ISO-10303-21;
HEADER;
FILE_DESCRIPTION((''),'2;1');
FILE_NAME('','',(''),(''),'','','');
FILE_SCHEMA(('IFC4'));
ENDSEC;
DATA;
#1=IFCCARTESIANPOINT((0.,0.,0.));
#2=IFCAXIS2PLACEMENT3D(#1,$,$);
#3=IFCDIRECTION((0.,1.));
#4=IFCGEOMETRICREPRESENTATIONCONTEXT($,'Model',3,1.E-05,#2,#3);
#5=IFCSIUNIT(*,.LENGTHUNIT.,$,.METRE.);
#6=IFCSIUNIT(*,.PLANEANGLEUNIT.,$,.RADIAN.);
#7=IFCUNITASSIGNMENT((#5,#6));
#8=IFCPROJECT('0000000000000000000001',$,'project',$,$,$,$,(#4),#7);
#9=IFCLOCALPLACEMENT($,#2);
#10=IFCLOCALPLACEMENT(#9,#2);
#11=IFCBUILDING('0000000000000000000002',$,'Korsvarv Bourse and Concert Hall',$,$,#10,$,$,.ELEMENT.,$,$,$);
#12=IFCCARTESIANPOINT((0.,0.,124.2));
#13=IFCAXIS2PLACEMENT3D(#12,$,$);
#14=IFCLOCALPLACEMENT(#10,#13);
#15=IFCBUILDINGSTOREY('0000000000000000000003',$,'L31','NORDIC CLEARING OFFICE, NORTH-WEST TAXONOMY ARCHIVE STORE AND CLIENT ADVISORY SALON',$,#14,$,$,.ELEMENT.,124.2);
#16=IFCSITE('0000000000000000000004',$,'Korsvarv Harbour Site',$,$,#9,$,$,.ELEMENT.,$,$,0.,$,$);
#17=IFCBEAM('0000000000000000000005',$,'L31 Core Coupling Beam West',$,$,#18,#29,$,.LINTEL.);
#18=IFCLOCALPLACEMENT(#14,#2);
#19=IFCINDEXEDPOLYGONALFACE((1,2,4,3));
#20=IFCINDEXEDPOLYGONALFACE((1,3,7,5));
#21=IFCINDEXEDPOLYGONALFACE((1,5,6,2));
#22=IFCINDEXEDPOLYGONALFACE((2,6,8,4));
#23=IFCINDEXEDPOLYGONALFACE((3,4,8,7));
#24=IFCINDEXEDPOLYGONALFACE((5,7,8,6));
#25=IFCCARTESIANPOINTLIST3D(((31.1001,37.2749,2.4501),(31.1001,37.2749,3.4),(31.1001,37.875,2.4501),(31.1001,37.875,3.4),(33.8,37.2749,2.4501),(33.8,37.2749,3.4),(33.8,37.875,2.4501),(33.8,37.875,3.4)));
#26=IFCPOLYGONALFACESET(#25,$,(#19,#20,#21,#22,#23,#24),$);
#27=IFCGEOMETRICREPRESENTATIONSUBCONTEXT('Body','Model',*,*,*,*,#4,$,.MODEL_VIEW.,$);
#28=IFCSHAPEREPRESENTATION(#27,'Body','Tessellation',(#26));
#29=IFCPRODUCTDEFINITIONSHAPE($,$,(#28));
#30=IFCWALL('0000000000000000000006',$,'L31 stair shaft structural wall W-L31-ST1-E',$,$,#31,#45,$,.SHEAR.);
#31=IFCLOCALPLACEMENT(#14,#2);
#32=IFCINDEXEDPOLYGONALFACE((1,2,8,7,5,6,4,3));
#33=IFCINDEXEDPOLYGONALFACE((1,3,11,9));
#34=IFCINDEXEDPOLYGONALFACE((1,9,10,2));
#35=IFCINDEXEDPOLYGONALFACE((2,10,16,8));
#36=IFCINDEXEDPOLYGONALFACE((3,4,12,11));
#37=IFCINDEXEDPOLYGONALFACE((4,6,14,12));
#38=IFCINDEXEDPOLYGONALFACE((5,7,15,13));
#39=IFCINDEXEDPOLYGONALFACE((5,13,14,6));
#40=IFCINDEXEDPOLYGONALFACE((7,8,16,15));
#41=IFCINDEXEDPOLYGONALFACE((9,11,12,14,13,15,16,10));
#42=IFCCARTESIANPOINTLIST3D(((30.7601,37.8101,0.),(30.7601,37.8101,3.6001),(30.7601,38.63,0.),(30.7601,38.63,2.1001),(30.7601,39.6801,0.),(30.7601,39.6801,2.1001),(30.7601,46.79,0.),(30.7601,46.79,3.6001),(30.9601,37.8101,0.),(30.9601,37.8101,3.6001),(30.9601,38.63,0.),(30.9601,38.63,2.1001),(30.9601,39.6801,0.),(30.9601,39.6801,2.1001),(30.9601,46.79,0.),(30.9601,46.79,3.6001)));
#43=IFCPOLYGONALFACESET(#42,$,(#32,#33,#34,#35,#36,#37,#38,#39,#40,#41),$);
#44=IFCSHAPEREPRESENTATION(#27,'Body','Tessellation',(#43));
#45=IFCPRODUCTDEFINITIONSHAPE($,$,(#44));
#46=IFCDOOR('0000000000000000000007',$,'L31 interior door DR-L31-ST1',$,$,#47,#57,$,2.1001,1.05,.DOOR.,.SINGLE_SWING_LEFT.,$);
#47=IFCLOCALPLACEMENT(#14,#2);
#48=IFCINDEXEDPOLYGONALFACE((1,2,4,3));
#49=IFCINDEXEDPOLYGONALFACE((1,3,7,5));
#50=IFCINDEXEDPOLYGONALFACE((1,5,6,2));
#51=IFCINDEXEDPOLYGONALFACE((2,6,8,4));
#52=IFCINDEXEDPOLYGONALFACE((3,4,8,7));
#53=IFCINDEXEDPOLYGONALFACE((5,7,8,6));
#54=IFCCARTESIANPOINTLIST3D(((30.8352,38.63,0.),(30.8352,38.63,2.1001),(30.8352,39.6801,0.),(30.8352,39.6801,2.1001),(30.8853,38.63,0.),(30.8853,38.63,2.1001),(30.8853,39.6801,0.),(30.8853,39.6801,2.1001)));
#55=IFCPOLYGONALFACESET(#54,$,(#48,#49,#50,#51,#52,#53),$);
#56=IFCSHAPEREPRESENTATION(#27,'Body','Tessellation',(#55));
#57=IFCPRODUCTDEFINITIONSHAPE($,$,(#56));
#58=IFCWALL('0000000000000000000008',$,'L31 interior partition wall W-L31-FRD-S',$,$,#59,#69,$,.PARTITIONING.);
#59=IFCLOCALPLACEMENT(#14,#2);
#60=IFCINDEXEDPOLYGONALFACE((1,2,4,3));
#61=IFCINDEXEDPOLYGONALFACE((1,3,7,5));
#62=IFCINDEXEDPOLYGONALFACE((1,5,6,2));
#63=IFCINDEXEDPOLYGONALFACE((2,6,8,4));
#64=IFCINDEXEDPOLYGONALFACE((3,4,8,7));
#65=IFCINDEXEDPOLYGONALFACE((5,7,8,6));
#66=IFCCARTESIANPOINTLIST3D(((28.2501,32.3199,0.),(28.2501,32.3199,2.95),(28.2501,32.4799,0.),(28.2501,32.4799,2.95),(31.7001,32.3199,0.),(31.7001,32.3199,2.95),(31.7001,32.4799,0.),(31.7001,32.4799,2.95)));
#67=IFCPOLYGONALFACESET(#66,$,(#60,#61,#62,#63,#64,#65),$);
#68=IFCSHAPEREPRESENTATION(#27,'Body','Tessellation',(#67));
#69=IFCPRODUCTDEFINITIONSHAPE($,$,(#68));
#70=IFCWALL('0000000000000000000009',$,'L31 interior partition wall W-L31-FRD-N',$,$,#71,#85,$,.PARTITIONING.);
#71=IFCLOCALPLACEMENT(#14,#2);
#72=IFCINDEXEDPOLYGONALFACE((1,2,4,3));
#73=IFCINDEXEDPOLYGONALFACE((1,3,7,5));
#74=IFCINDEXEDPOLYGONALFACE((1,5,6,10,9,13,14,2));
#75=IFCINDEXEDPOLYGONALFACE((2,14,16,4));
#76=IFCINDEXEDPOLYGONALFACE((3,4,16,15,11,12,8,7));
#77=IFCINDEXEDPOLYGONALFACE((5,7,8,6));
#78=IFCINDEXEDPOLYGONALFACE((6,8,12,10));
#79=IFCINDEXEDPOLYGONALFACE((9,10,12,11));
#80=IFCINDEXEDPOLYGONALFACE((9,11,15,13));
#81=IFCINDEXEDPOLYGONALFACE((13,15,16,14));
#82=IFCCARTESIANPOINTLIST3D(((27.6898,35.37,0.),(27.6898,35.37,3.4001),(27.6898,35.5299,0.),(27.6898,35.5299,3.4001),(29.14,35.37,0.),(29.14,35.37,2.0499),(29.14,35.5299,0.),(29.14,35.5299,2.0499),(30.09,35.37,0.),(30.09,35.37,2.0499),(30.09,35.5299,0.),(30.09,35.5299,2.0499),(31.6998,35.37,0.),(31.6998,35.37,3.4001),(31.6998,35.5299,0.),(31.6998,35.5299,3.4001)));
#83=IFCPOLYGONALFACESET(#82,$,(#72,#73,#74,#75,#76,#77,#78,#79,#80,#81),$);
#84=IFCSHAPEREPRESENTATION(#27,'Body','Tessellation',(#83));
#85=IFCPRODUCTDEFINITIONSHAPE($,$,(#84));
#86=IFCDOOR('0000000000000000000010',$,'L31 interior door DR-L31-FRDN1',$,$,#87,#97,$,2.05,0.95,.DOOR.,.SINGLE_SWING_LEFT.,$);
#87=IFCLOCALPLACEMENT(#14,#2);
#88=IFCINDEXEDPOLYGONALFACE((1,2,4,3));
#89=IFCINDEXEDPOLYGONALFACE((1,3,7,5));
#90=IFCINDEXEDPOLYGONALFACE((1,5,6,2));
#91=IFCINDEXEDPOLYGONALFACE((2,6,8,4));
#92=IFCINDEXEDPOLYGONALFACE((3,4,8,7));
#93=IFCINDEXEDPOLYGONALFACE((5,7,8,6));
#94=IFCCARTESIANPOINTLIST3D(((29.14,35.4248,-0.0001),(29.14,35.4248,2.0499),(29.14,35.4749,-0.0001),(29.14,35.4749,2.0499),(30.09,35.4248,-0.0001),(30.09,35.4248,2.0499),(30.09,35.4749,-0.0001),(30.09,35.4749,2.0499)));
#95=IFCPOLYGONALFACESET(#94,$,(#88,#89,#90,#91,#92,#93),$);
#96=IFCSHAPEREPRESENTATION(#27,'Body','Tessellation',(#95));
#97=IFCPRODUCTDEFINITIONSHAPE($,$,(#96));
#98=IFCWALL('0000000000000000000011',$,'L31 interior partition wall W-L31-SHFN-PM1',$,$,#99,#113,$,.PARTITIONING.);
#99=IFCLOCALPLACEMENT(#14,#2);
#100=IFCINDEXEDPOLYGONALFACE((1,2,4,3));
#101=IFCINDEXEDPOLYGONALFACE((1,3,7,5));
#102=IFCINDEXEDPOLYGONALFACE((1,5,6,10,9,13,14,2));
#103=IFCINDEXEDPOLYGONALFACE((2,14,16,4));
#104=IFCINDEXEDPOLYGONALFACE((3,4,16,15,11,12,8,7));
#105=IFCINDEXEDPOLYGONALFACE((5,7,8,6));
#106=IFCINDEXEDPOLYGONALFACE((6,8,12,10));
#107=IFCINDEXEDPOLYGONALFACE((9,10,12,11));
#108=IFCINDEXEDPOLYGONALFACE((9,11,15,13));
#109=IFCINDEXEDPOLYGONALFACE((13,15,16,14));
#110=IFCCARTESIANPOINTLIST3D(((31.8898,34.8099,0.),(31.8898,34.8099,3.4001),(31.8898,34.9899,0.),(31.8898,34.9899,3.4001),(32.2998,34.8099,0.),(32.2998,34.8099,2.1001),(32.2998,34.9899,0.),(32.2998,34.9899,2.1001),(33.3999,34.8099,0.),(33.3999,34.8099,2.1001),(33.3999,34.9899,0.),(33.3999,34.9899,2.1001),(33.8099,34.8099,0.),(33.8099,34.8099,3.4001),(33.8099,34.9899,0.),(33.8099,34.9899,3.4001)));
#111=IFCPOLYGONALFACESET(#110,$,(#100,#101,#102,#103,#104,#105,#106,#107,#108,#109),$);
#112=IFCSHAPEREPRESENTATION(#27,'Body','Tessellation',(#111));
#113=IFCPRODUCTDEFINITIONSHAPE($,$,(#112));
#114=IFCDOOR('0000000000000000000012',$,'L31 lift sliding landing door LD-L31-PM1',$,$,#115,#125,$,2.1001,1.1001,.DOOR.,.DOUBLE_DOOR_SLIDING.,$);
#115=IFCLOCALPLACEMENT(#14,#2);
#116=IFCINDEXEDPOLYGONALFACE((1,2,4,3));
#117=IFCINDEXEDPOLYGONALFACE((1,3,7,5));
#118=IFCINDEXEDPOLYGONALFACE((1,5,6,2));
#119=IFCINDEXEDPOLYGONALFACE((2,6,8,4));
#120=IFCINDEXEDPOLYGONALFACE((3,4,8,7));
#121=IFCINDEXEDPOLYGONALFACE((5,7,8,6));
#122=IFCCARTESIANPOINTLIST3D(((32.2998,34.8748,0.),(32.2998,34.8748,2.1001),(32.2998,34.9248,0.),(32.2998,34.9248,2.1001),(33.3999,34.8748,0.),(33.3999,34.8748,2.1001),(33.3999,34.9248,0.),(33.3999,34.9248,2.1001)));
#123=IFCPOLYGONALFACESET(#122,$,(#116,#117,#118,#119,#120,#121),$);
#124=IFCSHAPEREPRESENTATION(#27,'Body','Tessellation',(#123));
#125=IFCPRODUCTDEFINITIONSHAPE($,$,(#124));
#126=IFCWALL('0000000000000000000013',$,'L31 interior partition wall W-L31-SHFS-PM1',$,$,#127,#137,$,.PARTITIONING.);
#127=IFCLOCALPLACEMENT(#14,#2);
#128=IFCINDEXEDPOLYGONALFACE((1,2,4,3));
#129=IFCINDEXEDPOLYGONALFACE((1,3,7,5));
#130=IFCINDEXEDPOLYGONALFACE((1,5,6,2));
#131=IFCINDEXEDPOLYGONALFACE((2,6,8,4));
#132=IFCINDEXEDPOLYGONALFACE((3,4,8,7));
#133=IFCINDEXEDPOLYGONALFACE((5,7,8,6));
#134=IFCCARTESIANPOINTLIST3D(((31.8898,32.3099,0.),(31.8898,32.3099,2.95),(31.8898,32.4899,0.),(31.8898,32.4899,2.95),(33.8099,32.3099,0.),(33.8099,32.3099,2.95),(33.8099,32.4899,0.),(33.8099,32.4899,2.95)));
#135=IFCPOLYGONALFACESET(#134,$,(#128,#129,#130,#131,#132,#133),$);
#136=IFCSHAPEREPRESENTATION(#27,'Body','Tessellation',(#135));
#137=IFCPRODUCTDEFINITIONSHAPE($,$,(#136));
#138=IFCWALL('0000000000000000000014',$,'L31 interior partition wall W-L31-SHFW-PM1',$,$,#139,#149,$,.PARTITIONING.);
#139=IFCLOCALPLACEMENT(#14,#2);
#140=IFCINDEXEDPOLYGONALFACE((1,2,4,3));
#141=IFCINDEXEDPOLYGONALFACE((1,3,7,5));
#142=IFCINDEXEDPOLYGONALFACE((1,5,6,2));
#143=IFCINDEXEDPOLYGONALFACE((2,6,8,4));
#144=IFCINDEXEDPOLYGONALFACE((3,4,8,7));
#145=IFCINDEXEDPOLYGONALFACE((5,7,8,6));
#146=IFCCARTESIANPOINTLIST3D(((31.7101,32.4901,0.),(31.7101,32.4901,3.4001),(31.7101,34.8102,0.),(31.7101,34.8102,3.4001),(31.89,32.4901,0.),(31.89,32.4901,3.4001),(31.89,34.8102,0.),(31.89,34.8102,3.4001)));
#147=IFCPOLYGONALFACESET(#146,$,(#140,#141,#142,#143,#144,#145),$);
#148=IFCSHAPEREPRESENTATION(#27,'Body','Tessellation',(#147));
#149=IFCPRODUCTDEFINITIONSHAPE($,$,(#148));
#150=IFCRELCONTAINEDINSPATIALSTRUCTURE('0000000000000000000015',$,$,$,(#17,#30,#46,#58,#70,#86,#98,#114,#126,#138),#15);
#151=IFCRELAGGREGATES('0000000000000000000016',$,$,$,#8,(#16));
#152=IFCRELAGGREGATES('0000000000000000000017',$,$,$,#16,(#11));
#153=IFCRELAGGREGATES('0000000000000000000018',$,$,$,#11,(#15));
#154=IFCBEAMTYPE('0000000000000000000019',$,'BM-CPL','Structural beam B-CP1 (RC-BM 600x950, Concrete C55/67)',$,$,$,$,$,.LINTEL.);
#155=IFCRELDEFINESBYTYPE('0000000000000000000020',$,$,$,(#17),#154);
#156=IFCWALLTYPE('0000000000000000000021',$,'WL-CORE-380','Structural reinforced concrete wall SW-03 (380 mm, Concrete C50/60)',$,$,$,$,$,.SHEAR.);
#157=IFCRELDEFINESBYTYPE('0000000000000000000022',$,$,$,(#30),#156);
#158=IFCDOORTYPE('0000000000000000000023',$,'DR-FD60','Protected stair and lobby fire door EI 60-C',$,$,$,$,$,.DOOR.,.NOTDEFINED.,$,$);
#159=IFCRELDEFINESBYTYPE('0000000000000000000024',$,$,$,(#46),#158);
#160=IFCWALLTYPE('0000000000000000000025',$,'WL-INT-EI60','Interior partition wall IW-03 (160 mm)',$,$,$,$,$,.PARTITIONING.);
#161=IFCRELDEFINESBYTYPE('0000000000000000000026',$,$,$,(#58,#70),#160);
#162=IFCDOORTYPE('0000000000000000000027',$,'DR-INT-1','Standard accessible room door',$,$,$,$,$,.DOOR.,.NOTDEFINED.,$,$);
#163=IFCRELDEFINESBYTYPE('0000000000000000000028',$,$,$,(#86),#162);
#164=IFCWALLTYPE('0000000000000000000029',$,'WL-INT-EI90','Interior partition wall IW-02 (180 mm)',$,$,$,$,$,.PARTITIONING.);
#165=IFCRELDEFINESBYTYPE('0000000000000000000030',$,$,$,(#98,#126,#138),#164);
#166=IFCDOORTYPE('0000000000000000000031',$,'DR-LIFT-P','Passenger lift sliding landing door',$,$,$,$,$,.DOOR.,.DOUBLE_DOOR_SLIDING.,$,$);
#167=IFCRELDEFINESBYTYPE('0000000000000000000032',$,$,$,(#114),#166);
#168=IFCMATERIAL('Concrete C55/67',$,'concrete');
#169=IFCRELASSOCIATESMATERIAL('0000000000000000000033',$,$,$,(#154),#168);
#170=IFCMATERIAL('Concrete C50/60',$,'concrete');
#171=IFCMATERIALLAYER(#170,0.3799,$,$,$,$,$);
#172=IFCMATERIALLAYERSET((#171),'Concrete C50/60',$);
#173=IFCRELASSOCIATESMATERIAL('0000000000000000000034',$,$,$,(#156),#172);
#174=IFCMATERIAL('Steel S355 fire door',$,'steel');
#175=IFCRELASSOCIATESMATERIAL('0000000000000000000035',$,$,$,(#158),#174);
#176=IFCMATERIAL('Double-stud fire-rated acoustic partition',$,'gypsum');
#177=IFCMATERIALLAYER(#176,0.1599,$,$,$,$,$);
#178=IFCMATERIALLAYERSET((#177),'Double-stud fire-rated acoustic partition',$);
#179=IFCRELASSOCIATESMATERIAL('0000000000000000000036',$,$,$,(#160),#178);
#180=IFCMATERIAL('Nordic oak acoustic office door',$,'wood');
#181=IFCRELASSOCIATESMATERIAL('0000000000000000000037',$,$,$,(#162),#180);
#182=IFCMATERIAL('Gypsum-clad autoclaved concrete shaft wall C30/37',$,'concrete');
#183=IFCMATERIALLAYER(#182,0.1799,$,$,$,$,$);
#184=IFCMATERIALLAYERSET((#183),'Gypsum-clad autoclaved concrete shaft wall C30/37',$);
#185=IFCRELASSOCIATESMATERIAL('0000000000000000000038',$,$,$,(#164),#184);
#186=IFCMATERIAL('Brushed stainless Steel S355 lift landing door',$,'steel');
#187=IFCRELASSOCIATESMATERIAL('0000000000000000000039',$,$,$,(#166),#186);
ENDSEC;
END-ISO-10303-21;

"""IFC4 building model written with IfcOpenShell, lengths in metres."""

from ifc_helpers import new_model, si_unit, direction, frame, frame_2d, origin, origin_2d, place, context, subcontext, project, spatial, rectangle, extrude, source, transform, mapped, material, layer, layer_set, material_profile, profile_set, type_object, element, fill, save


model = new_model("IFC4")

# Units and contexts
model_context = context("Model", 3, precision=1e-05, world=origin(), true_north=direction((0.0, 1.0)))
body_context = subcontext(model_context, "Body", "Model", "MODEL_VIEW")
ifc_project = project(units=[si_unit("LENGTHUNIT", "METRE"), si_unit("PLANEANGLEUNIT", "RADIAN")], contexts=[model_context])

# Site, building, storey
site_placement = place(None, origin())
site = spatial("IfcSite", under=ifc_project, at=site_placement, Name="Korsvarv Harbour Site", CompositionType="ELEMENT", RefElevation=0.0)
building_placement = place(site_placement, origin())
building = spatial("IfcBuilding", under=site, at=building_placement, Name="Korsvarv Bourse and Concert Hall", CompositionType="ELEMENT")
storey_placement = place(building_placement, frame((0.0, 0.0, 124.2)))
storey = spatial("IfcBuildingStorey", under=building, at=storey_placement, Name="L31", Description="NORDIC CLEARING OFFICE, NORTH-WEST TAXONOMY ARCHIVE STORE AND CLIENT ADVISORY SALON", CompositionType="ELEMENT", Elevation=124.2)

# Beam
ifc_material_1 = material(Name="Concrete C55/67", Category="concrete")
ifc_material_profile = material_profile(ifc_material_1, rectangle(XDim=0.6001, YDim=0.95, at=origin_2d()), Name="RC-BM 600x950")
ifc_profile_set = profile_set([ifc_material_profile], Name="Concrete C55/67")
beam_type = type_object("IfcBeamType", Name="BM-CPL", Description="Structural beam B-CP1 (RC-BM 600x950, Concrete C55/67)", PredefinedType="LINTEL", material=ifc_profile_set)
shared_shape = source(origin(), body_context, "Body", "SweptSolid", [
    extrude(rectangle(XDim=0.6001, YDim=0.95, at=origin_2d()), origin(), (0.0, 0.0, 1.0), 2.7),
])
beam_placement = place(storey_placement, frame((31.1001, 37.575, 2.925), z_axis=(1.0, 0.0, 0.0), x_axis=(0.0, 1.0, 0.0)))
element("IfcBeam", 1, at=beam_placement, inside=storey, type_object=beam_type, Name="L31 Core Coupling Beam West", PredefinedType="LINTEL", context=body_context, shape_type="MappedRepresentation", body=[
    mapped(shared_shape, transform((0.0, 0.0, 0.0), scale=1.0)),
])

# Wall, opening, door
ifc_material_2 = material(Name="Concrete C50/60", Category="concrete")
ifc_layer_1 = layer(ifc_material_2, 0.3799)
ifc_layer_set_1 = layer_set([ifc_layer_1], Name="Concrete C50/60")
wall_type_1 = type_object("IfcWallType", Name="WL-CORE-380", Description="Structural reinforced concrete wall SW-03 (380 mm, Concrete C50/60)", PredefinedType="SHEAR", material=ifc_layer_set_1)
wall_1_placement = place(storey_placement, frame((30.8601, 37.8101, 0.0), z_axis=(0.0, 0.0, 1.0), x_axis=(0.0, 1.0, 0.0)))
wall_1 = element("IfcWall", 2, at=wall_1_placement, inside=storey, type_object=wall_type_1, Name="L31 stair shaft structural wall W-L31-ST1-E", PredefinedType="SHEAR", context=body_context, shape_type="SweptSolid", body=[
    extrude(rectangle(XDim=8.98, YDim=0.2, at=frame_2d((4.49, 0.0))), origin(), (0.0, 0.0, 1.0), 3.6001),
])
opening_1_placement = place(wall_1_placement, frame((0.8201, 0.0, 0.0)))
opening_1 = element("IfcOpeningElement", 3, at=opening_1_placement, cuts=wall_1, PredefinedType="OPENING", context=body_context, shape_type="SweptSolid", body=[
    extrude(rectangle(XDim=1.05, YDim=2.1001, at=frame_2d((0.5249, 1.05))), frame((0.0, 0.1099, 0.0), z_axis=(0.0, -1.0, 0.0), x_axis=(1.0, 0.0, 0.0)), (0.0, 0.0, 1.0), 0.22),
])
ifc_material_3 = material(Name="Steel S355 fire door", Category="steel")
door_type_1 = type_object("IfcDoorType", Name="DR-FD60", Description="Protected stair and lobby fire door EI 60-C", OperationType="NOTDEFINED", PredefinedType="DOOR", material=ifc_material_3)
door_1_placement = place(opening_1_placement, origin())
door_1 = element("IfcDoor", 4, at=door_1_placement, inside=storey, type_object=door_type_1, Name="L31 interior door DR-L31-ST1", OperationType="SINGLE_SWING_LEFT", OverallHeight=2.1001, OverallWidth=1.05, PredefinedType="DOOR", context=body_context, shape_type="SweptSolid", body=[
    extrude(rectangle(XDim=1.05, YDim=2.1001, at=frame_2d((0.5249, 1.05))), frame((0.0, 0.0249, 0.0), z_axis=(0.0, -1.0, 0.0), x_axis=(1.0, 0.0, 0.0)), (0.0, 0.0, 1.0), 0.05),
])
fill(opening_1, door_1)

# Wall
ifc_material_4 = material(Name="Double-stud fire-rated acoustic partition", Category="gypsum")
ifc_layer_2 = layer(ifc_material_4, 0.1599)
ifc_layer_set_2 = layer_set([ifc_layer_2], Name="Double-stud fire-rated acoustic partition")
wall_type_2 = type_object("IfcWallType", Name="WL-INT-EI60", Description="Interior partition wall IW-03 (160 mm)", PredefinedType="PARTITIONING", material=ifc_layer_set_2)
wall_2_placement = place(storey_placement, frame((28.25, 32.3999, 0.0), z_axis=(0.0, 0.0, 1.0), x_axis=(1.0, 0.0, 0.0)))
element("IfcWall", 5, at=wall_2_placement, inside=storey, type_object=wall_type_2, Name="L31 interior partition wall W-L31-FRD-S", PredefinedType="PARTITIONING", context=body_context, shape_type="SweptSolid", body=[
    extrude(rectangle(XDim=3.45, YDim=0.1599, at=frame_2d((1.7251, 0.0))), origin(), (0.0, 0.0, 1.0), 2.95),
])

# Walls, openings, doors
wall_3_placement = place(storey_placement, frame((27.6899, 35.45, 0.0), z_axis=(0.0, 0.0, 1.0), x_axis=(1.0, 0.0, 0.0)))
wall_3 = element("IfcWall", 6, at=wall_3_placement, inside=storey, type_object=wall_type_2, Name="L31 interior partition wall W-L31-FRD-N", PredefinedType="PARTITIONING", context=body_context, shape_type="SweptSolid", body=[
    extrude(rectangle(XDim=4.01, YDim=0.1599, at=frame_2d((2.0049, 0.0))), origin(), (0.0, 0.0, 1.0), 3.4001),
])
opening_2_placement = place(wall_3_placement, frame((1.45, 0.0, 0.0)))
opening_2 = element("IfcOpeningElement", 7, at=opening_2_placement, cuts=wall_3, PredefinedType="OPENING", context=body_context, shape_type="SweptSolid", body=[
    extrude(rectangle(XDim=0.95, YDim=2.05, at=frame_2d((0.4751, 1.0249))), frame((0.0, 0.0898, 0.0), z_axis=(0.0, -1.0, 0.0), x_axis=(1.0, 0.0, 0.0)), (0.0, 0.0, 1.0), 0.1799),
])
ifc_material_5 = material(Name="Nordic oak acoustic office door", Category="wood")
door_type_2 = type_object("IfcDoorType", Name="DR-INT-1", Description="Standard accessible room door", OperationType="NOTDEFINED", PredefinedType="DOOR", material=ifc_material_5)
door_2_placement = place(opening_2_placement, origin())
door_2 = element("IfcDoor", 8, at=door_2_placement, inside=storey, type_object=door_type_2, Name="L31 interior door DR-L31-FRDN1", OperationType="SINGLE_SWING_LEFT", OverallHeight=2.05, OverallWidth=0.95, PredefinedType="DOOR", context=body_context, shape_type="SweptSolid", body=[
    extrude(rectangle(XDim=0.95, YDim=2.05, at=frame_2d((0.4751, 1.0249))), frame((0.0, 0.0249, 0.0), z_axis=(0.0, -1.0, 0.0), x_axis=(1.0, 0.0, 0.0)), (0.0, 0.0, 1.0), 0.05),
])
fill(opening_2, door_2)
ifc_material_6 = material(Name="Gypsum-clad autoclaved concrete shaft wall C30/37", Category="concrete")
ifc_layer_3 = layer(ifc_material_6, 0.1799)
ifc_layer_set_3 = layer_set([ifc_layer_3], Name="Gypsum-clad autoclaved concrete shaft wall C30/37")
wall_type_3 = type_object("IfcWallType", Name="WL-INT-EI90", Description="Interior partition wall IW-02 (180 mm)", PredefinedType="PARTITIONING", material=ifc_layer_set_3)
wall_4_placement = place(storey_placement, frame((31.8899, 34.8999, 0.0), z_axis=(0.0, 0.0, 1.0), x_axis=(1.0, 0.0, 0.0)))
wall_4 = element("IfcWall", 9, at=wall_4_placement, inside=storey, type_object=wall_type_3, Name="L31 interior partition wall W-L31-SHFN-PM1", PredefinedType="PARTITIONING", context=body_context, shape_type="SweptSolid", body=[
    extrude(rectangle(XDim=1.9202, YDim=0.1799, at=frame_2d((0.96, 0.0))), origin(), (0.0, 0.0, 1.0), 3.4001),
])
opening_3_placement = place(wall_4_placement, frame((0.4099, 0.0, 0.0)))
opening_3 = element("IfcOpeningElement", 10, at=opening_3_placement, cuts=wall_4, PredefinedType="OPENING", context=body_context, shape_type="SweptSolid", body=[
    extrude(rectangle(XDim=1.1001, YDim=2.1001, at=frame_2d((0.55, 1.05))), frame((0.0, 0.1001, 0.0), z_axis=(0.0, -1.0, 0.0), x_axis=(1.0, 0.0, 0.0)), (0.0, 0.0, 1.0), 0.2),
])
ifc_material_7 = material(Name="Brushed stainless Steel S355 lift landing door", Category="steel")
door_type_3 = type_object("IfcDoorType", Name="DR-LIFT-P", Description="Passenger lift sliding landing door", OperationType="DOUBLE_DOOR_SLIDING", PredefinedType="DOOR", material=ifc_material_7)
door_3_placement = place(opening_3_placement, origin())
door_3 = element("IfcDoor", 11, at=door_3_placement, inside=storey, type_object=door_type_3, Name="L31 lift sliding landing door LD-L31-PM1", OperationType="DOUBLE_DOOR_SLIDING", OverallHeight=2.1001, OverallWidth=1.1001, PredefinedType="DOOR", context=body_context, shape_type="SweptSolid", body=[
    extrude(rectangle(XDim=1.1001, YDim=2.1001, at=frame_2d((0.55, 1.05))), frame((0.0, 0.0249, 0.0), z_axis=(0.0, -1.0, 0.0), x_axis=(1.0, 0.0, 0.0)), (0.0, 0.0, 1.0), 0.05),
])
fill(opening_3, door_3)

# Walls
wall_5_placement = place(storey_placement, frame((31.8899, 32.3999, 0.0), z_axis=(0.0, 0.0, 1.0), x_axis=(1.0, 0.0, 0.0)))
element("IfcWall", 12, at=wall_5_placement, inside=storey, type_object=wall_type_3, Name="L31 interior partition wall W-L31-SHFS-PM1", PredefinedType="PARTITIONING", context=body_context, shape_type="SweptSolid", body=[
    extrude(rectangle(XDim=1.9202, YDim=0.1799, at=frame_2d((0.96, 0.0))), origin(), (0.0, 0.0, 1.0), 2.95),
])
wall_6_placement = place(storey_placement, frame((31.8, 32.49, 0.0), z_axis=(0.0, 0.0, 1.0), x_axis=(0.0, 1.0, 0.0)))
element("IfcWall", 13, at=wall_6_placement, inside=storey, type_object=wall_type_3, Name="L31 interior partition wall W-L31-SHFW-PM1", PredefinedType="PARTITIONING", context=body_context, shape_type="SweptSolid", body=[
    extrude(rectangle(XDim=2.3201, YDim=0.1799, at=frame_2d((1.1602, 0.0))), origin(), (0.0, 0.0, 1.0), 3.4001),
])

save(model, "model.ifc")
